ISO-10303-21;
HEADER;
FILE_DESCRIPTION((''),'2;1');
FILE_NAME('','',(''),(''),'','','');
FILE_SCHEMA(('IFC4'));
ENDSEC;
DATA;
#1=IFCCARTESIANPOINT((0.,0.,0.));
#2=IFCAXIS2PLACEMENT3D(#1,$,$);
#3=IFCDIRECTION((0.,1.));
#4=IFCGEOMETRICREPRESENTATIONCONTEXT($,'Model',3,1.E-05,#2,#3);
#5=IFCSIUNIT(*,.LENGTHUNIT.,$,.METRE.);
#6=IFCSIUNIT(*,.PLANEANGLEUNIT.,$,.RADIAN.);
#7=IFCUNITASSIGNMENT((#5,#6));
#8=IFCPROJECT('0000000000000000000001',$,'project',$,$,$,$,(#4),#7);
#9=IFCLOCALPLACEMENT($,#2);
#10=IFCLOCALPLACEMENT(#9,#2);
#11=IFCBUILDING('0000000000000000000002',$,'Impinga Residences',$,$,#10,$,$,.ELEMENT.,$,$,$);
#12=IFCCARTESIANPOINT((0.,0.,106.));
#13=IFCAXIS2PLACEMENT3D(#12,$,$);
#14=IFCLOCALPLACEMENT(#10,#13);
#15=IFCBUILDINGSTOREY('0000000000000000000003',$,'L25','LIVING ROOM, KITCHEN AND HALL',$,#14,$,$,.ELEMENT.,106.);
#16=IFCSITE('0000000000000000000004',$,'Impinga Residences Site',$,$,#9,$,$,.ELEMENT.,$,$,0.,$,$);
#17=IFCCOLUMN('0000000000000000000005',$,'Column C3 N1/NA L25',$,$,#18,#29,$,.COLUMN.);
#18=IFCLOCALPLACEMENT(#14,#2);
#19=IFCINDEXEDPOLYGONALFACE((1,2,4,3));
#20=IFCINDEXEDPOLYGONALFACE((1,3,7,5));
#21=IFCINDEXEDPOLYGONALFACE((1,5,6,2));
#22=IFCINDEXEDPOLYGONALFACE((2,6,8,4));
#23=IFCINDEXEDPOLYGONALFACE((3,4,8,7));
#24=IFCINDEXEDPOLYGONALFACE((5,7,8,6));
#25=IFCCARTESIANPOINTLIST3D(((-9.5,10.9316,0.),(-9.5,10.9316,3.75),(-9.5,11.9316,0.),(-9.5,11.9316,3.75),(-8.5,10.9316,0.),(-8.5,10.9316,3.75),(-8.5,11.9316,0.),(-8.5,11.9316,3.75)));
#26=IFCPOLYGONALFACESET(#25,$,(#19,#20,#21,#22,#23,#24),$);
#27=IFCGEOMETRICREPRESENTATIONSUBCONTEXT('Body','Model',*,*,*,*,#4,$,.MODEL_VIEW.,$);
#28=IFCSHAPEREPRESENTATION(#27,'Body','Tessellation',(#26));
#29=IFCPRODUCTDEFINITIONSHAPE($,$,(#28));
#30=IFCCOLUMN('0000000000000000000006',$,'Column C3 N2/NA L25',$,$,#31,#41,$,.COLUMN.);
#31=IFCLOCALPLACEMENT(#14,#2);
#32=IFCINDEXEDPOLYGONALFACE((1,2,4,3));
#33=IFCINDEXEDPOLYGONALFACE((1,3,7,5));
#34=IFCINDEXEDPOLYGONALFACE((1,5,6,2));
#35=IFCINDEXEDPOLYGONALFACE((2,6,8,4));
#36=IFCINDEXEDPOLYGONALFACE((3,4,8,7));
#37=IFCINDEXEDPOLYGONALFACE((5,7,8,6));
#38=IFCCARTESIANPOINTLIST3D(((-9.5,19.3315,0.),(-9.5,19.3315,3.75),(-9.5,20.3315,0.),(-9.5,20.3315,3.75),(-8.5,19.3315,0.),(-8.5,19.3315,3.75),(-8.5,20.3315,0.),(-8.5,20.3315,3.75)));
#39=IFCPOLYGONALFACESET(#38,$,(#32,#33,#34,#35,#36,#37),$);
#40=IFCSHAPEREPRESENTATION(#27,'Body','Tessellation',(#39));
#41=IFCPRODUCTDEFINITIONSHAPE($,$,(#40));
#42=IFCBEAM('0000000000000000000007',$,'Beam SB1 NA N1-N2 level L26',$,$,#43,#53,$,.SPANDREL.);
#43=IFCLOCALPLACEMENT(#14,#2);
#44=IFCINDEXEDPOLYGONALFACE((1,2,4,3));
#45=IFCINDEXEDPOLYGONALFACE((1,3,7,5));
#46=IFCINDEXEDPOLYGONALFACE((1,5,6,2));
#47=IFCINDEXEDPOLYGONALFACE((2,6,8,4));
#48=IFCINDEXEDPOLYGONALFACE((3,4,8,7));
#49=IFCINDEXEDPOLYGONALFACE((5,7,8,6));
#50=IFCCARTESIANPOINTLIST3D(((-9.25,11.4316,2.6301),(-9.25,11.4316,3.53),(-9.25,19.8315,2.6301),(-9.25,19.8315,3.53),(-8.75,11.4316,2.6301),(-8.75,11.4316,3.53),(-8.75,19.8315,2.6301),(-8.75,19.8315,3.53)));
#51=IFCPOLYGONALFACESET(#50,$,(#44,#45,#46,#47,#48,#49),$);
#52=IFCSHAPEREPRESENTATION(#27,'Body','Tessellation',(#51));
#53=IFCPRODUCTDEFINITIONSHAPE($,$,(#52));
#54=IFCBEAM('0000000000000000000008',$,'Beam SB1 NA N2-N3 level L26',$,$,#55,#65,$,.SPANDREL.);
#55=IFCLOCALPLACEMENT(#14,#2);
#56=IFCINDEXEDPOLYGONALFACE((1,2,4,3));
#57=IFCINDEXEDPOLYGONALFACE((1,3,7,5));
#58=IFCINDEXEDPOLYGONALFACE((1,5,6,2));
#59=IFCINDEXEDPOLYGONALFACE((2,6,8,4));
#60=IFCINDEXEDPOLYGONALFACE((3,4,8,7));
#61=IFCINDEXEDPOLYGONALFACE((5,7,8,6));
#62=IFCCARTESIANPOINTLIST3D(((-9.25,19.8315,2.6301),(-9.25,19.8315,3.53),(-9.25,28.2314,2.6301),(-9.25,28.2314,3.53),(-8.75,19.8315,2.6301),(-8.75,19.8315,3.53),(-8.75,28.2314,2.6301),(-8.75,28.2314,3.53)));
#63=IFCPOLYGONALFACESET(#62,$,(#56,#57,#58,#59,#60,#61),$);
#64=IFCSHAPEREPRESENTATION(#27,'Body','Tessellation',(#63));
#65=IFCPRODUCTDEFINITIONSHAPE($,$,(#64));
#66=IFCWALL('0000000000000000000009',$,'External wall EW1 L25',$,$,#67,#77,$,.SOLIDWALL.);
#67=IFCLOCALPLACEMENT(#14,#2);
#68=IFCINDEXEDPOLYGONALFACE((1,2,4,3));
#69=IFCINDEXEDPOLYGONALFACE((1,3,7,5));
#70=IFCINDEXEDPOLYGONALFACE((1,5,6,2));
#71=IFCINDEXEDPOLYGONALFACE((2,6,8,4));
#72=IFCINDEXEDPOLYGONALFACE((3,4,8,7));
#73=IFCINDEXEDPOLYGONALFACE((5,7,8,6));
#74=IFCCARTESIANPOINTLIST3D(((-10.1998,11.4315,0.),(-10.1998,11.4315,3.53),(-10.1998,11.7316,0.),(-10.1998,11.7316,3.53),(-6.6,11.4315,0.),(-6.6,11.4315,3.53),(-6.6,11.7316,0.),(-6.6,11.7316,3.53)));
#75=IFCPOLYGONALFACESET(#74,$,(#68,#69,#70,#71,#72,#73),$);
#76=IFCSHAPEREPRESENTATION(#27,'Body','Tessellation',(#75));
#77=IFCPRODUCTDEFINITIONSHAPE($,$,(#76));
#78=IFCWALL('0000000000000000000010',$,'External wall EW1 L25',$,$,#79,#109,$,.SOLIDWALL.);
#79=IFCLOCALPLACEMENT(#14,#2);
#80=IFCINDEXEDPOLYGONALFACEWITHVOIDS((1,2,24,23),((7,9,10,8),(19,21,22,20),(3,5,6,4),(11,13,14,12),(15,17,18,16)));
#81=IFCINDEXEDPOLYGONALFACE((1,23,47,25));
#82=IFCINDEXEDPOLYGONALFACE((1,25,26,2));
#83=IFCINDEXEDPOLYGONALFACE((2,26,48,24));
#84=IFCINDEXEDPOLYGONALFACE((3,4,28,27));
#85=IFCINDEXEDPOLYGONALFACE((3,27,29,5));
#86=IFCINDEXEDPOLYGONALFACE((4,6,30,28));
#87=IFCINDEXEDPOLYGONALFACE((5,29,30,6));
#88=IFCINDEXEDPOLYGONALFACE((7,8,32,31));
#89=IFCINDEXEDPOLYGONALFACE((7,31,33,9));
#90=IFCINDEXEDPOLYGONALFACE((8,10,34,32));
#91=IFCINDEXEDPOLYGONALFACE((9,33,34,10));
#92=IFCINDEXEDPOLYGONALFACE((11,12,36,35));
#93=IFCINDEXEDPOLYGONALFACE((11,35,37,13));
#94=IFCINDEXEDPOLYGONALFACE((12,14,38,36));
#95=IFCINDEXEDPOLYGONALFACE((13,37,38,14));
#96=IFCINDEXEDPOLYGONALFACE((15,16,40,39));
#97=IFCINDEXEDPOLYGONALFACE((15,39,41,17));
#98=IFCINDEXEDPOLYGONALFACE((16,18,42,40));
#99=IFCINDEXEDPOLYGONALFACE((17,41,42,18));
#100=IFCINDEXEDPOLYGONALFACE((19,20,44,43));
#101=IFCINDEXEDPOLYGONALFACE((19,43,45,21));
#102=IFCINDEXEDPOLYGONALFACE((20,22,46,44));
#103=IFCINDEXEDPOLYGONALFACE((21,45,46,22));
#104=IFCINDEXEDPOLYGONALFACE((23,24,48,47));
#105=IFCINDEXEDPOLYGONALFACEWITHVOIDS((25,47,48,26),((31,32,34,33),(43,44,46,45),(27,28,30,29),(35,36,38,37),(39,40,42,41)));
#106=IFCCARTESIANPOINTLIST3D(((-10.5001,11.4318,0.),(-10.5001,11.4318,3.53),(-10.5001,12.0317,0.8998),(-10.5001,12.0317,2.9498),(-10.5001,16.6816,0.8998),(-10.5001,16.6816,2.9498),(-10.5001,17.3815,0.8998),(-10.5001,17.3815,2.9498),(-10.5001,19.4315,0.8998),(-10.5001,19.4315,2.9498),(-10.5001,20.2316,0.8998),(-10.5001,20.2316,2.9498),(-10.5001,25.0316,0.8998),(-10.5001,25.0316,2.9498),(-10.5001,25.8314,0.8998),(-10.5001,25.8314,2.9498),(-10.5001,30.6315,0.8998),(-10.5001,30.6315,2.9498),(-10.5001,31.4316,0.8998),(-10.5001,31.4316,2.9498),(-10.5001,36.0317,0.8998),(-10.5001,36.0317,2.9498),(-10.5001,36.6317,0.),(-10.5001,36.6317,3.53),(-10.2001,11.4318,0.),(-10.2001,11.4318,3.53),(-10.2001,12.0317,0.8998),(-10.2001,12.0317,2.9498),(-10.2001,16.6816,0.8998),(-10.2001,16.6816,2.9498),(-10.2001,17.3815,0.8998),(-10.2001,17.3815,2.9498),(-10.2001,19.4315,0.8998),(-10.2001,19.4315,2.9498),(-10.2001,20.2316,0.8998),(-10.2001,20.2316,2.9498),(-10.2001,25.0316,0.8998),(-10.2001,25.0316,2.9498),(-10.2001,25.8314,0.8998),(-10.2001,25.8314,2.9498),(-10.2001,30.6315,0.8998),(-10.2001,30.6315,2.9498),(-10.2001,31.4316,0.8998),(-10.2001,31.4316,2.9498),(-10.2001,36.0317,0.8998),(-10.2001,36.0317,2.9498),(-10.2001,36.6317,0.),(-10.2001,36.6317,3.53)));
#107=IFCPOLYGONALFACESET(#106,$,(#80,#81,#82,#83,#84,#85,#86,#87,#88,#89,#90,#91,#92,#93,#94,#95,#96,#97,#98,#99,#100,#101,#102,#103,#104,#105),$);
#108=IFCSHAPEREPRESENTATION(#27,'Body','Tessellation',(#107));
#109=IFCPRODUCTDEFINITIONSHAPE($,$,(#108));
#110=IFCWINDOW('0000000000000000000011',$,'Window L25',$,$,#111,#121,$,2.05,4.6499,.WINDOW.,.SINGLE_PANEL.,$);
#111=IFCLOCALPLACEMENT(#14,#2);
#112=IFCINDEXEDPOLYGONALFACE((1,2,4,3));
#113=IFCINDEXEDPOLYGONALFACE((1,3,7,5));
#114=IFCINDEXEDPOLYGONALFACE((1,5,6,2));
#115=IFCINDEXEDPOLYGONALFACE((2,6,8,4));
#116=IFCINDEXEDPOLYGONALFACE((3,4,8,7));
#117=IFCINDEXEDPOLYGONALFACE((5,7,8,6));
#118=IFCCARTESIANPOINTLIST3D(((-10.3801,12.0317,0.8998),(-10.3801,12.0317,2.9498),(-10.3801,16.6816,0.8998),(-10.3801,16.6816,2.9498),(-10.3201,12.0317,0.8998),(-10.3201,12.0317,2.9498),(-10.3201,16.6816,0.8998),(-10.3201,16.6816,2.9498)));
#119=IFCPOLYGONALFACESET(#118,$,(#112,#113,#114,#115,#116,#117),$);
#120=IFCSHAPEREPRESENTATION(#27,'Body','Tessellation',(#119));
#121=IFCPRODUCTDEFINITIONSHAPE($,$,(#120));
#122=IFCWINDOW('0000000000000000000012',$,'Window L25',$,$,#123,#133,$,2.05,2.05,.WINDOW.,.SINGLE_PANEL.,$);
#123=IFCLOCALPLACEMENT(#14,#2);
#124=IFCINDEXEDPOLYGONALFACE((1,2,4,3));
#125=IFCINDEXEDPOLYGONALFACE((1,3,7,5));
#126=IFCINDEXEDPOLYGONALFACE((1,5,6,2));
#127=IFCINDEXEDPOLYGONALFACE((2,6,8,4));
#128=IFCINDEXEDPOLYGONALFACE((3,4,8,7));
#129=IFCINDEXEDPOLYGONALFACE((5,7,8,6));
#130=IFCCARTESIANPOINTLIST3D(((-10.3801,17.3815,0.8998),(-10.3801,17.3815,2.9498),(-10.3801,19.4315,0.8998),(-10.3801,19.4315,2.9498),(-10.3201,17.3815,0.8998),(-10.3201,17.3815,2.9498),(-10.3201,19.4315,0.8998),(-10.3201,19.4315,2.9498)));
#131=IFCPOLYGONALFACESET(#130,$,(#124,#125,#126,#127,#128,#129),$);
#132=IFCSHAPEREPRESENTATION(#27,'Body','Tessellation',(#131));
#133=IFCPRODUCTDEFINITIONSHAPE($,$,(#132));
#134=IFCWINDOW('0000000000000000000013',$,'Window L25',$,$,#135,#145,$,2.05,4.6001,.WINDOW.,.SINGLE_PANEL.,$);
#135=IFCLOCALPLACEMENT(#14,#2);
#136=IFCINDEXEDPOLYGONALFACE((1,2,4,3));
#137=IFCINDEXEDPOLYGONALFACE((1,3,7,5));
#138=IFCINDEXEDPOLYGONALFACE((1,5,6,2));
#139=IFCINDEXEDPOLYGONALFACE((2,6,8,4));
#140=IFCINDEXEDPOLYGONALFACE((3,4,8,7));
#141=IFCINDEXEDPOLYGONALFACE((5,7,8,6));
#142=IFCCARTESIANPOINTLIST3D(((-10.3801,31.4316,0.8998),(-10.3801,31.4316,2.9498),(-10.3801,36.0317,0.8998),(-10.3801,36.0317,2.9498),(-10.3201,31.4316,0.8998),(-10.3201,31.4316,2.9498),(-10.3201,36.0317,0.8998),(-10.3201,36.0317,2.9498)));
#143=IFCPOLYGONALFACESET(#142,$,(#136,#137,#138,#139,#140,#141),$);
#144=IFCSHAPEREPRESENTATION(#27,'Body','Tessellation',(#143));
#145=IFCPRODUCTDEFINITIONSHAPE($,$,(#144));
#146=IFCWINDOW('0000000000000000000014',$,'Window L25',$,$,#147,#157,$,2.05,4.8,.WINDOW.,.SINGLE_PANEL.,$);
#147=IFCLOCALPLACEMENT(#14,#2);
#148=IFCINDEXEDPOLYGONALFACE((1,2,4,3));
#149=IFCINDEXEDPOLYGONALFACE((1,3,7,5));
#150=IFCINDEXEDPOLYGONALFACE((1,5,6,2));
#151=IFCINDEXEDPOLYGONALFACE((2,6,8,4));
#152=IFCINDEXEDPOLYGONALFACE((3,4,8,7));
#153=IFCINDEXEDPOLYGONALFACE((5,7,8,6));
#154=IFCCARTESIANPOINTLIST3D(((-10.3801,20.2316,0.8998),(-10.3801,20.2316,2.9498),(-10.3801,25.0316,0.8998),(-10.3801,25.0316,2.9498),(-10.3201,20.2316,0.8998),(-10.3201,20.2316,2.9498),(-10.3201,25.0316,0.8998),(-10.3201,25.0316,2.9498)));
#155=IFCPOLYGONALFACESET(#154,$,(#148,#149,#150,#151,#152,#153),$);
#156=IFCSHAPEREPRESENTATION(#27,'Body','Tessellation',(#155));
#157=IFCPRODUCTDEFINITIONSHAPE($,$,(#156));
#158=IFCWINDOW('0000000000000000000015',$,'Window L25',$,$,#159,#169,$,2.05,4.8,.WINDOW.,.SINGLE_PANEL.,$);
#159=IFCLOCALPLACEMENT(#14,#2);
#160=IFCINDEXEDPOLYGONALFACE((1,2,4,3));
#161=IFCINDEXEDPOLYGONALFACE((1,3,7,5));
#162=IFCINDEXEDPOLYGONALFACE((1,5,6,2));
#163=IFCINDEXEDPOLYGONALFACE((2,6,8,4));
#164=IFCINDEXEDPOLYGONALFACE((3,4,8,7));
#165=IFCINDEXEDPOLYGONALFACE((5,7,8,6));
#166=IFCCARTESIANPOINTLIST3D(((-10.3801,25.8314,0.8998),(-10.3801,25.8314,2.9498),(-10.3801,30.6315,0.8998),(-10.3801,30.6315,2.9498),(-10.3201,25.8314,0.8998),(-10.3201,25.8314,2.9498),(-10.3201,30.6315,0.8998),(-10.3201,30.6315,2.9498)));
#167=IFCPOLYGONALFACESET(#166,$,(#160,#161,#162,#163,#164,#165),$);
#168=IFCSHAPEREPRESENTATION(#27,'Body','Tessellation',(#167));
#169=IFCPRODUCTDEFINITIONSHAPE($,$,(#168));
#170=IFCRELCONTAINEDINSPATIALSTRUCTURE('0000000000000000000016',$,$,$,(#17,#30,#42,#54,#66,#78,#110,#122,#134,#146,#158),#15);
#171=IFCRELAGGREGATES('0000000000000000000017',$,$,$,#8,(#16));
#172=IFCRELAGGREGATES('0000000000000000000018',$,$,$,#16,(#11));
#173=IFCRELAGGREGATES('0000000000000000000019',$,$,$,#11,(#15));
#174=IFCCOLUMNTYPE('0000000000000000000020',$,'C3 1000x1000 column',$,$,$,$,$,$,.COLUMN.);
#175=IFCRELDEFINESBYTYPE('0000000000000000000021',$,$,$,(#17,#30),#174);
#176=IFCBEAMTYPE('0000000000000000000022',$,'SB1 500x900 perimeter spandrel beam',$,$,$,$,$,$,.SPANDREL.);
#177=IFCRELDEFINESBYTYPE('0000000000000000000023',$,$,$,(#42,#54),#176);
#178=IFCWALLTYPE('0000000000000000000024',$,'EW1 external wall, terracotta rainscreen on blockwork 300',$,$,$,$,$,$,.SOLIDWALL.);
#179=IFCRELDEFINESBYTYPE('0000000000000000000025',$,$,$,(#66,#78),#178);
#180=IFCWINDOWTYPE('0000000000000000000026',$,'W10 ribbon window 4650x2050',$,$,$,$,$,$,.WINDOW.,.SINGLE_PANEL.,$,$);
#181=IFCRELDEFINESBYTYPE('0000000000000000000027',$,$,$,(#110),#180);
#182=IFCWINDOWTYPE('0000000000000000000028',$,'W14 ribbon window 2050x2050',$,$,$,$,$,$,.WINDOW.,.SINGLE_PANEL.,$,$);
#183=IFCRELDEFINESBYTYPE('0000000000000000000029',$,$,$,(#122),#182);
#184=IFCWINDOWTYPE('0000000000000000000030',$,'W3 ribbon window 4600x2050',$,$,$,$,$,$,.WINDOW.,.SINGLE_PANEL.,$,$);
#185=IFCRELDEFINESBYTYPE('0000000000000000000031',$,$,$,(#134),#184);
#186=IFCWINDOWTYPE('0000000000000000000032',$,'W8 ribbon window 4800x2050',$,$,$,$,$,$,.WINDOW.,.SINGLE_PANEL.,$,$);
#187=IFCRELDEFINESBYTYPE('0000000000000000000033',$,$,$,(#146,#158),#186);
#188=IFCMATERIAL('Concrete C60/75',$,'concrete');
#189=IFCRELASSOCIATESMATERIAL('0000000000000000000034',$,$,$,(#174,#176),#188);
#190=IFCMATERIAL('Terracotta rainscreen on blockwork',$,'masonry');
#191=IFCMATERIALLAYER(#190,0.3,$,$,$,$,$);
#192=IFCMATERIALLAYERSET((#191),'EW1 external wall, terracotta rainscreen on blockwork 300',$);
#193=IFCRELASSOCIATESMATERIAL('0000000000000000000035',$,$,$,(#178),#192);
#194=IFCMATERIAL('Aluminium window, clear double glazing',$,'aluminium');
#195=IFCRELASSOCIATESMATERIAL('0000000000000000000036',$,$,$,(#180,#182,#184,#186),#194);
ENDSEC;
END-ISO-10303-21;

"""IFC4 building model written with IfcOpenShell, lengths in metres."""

from ifc_helpers import new_model, si_unit, direction, frame, frame_2d, origin, origin_2d, place, context, subcontext, project, spatial, rectangle, extrude, material, layer, layer_set, material_profile, profile_set, type_object, element, fill, save


model = new_model("IFC4")

# Units and contexts
model_context = context("Model", 3, precision=1e-05, world=origin(), true_north=direction((0.0, 1.0)))
body_context = subcontext(model_context, "Body", "Model", "MODEL_VIEW")
ifc_project = project(units=[si_unit("LENGTHUNIT", "METRE"), si_unit("PLANEANGLEUNIT", "RADIAN")], contexts=[model_context])

# Site, building, storey
site_placement = place(None, origin())
site = spatial("IfcSite", under=ifc_project, at=site_placement, Name="Impinga Residences Site", CompositionType="ELEMENT", RefElevation=0.0)
building_placement = place(site_placement, origin())
building = spatial("IfcBuilding", under=site, at=building_placement, Name="Impinga Residences", CompositionType="ELEMENT")
storey_placement = place(building_placement, frame((0.0, 0.0, 106.0)))
storey = spatial("IfcBuildingStorey", under=building, at=storey_placement, Name="L25", Description="LIVING ROOM, KITCHEN AND HALL", CompositionType="ELEMENT", Elevation=106.0)

# Columns
ifc_material_1 = material(Name="Concrete C60/75", Category="concrete")
ifc_material_profile_1 = material_profile(ifc_material_1, rectangle(XDim=1.0, YDim=1.0, at=origin_2d()), Name="RC 1000x1000")
ifc_profile_set_1 = profile_set([ifc_material_profile_1], Name="Concrete C60/75")
column_type = type_object("IfcColumnType", Name="C3 1000x1000 column", PredefinedType="COLUMN", material=ifc_profile_set_1)
for number, where, z_axis, x_axis, name in (
    (1, (-9.0, 11.4316, 0.0), (0.0, 0.0, 1.0), (1.0, 0.0, 0.0), "Column C3 N1/NA L25"),
    (2, (-9.0, 19.8315, 0.0), (0.0, 0.0, 1.0), (1.0, 0.0, 0.0), "Column C3 N2/NA L25"),
):
    element("IfcColumn", number, at=place(storey_placement, frame(where, z_axis=z_axis, x_axis=x_axis)), inside=storey, type_object=column_type, Name=name, PredefinedType="COLUMN", context=body_context, shape_type="SweptSolid", body=[
        extrude(rectangle(XDim=1.0, YDim=1.0, at=origin_2d()), origin(), (0.0, 0.0, 1.0), 3.75),
    ])

# Beams
ifc_material_profile_2 = material_profile(ifc_material_1, rectangle(XDim=0.5, YDim=0.8999, at=origin_2d()), Name="RC 500x900")
ifc_profile_set_2 = profile_set([ifc_material_profile_2], Name="Concrete C60/75")
beam_type = type_object("IfcBeamType", Name="SB1 500x900 perimeter spandrel beam", PredefinedType="SPANDREL", material=ifc_profile_set_2)
for number, where, z_axis, x_axis, name in (
    (3, (-9.0, 11.4316, 3.0801), (0.0, 1.0, 0.0), (-1.0, 0.0, 0.0), "Beam SB1 NA N1-N2 level L26"),
    (4, (-9.0, 19.8315, 3.0801), (0.0, 1.0, 0.0), (-1.0, 0.0, 0.0), "Beam SB1 NA N2-N3 level L26"),
):
    element("IfcBeam", number, at=place(storey_placement, frame(where, z_axis=z_axis, x_axis=x_axis)), inside=storey, type_object=beam_type, Name=name, PredefinedType="SPANDREL", context=body_context, shape_type="SweptSolid", body=[
        extrude(rectangle(XDim=0.5, YDim=0.8999, at=origin_2d()), origin(), (0.0, 0.0, 1.0), 8.3999),
    ])

# Wall
ifc_material_2 = material(Name="Terracotta rainscreen on blockwork", Category="masonry")
ifc_layer_1 = layer(ifc_material_2, 0.3)
ifc_layer_set_1 = layer_set([ifc_layer_1], Name="EW1 external wall, terracotta rainscreen on blockwork 300")
wall_type_1 = type_object("IfcWallType", Name="EW1 external wall, terracotta rainscreen on blockwork 300", PredefinedType="SOLIDWALL", material=ifc_layer_set_1)
wall_1_placement = place(storey_placement, frame((-6.6001, 11.5815, 0.0), z_axis=(0.0, 0.0, 1.0), x_axis=(-1.0, 0.0, 0.0)))
element("IfcWall", 5, at=wall_1_placement, inside=storey, type_object=wall_type_1, Name="External wall EW1 L25", PredefinedType="SOLIDWALL", context=body_context, shape_type="SweptSolid", body=[
    extrude(rectangle(XDim=3.5999, YDim=0.3, at=frame_2d((1.7998, 0.0))), origin(), (0.0, 0.0, 1.0), 3.53),
])

# Wall, openings, windows
wall_2_placement = place(storey_placement, frame((-10.3501, 11.4316, 0.0), z_axis=(0.0, 0.0, 1.0), x_axis=(0.0, 1.0, 0.0)))
wall_2 = element("IfcWall", 6, at=wall_2_placement, inside=storey, type_object=wall_type_1, Name="External wall EW1 L25", PredefinedType="SOLIDWALL", context=body_context, shape_type="SweptSolid", body=[
    extrude(rectangle(XDim=25.2, YDim=0.3, at=frame_2d((12.6001, 0.0))), origin(), (0.0, 0.0, 1.0), 3.53),
])
opening_1_placement = place(wall_2_placement, frame((0.6001, 0.0, 0.8999)))
opening_1 = element("IfcOpeningElement", 7, at=opening_1_placement, cuts=wall_2, PredefinedType="OPENING", context=body_context, shape_type="SweptSolid", body=[
    extrude(rectangle(XDim=4.6499, YDim=2.05, at=frame_2d((2.325, 1.0249))), frame((0.0, 0.1599, 0.0), z_axis=(0.0, -1.0, 0.0), x_axis=(1.0, 0.0, 0.0)), (0.0, 0.0, 1.0), 0.3201),
])
opening_2_placement = place(wall_2_placement, frame((5.95, 0.0, 0.8999)))
opening_2 = element("IfcOpeningElement", 8, at=opening_2_placement, cuts=wall_2, PredefinedType="OPENING", context=body_context, shape_type="SweptSolid", body=[
    extrude(rectangle(XDim=2.05, YDim=2.05, at=frame_2d((1.0249, 1.0249))), frame((0.0, 0.1599, 0.0), z_axis=(0.0, -1.0, 0.0), x_axis=(1.0, 0.0, 0.0)), (0.0, 0.0, 1.0), 0.3201),
])
opening_3_placement = place(wall_2_placement, frame((8.8, 0.0, 0.8999)))
opening_3 = element("IfcOpeningElement", 9, at=opening_3_placement, cuts=wall_2, PredefinedType="OPENING", context=body_context, shape_type="SweptSolid", body=[
    extrude(rectangle(XDim=4.8, YDim=2.05, at=frame_2d((2.3999, 1.0249))), frame((0.0, 0.1599, 0.0), z_axis=(0.0, -1.0, 0.0), x_axis=(1.0, 0.0, 0.0)), (0.0, 0.0, 1.0), 0.3201),
])
opening_4_placement = place(wall_2_placement, frame((14.3999, 0.0, 0.8999)))
opening_4 = element("IfcOpeningElement", 10, at=opening_4_placement, cuts=wall_2, PredefinedType="OPENING", context=body_context, shape_type="SweptSolid", body=[
    extrude(rectangle(XDim=4.8, YDim=2.05, at=frame_2d((2.3999, 1.0249))), frame((0.0, 0.1599, 0.0), z_axis=(0.0, -1.0, 0.0), x_axis=(1.0, 0.0, 0.0)), (0.0, 0.0, 1.0), 0.3201),
])
opening_5_placement = place(wall_2_placement, frame((20.0, 0.0, 0.8999)))
opening_5 = element("IfcOpeningElement", 11, at=opening_5_placement, cuts=wall_2, PredefinedType="OPENING", context=body_context, shape_type="SweptSolid", body=[
    extrude(rectangle(XDim=4.6001, YDim=2.05, at=frame_2d((2.3, 1.0249))), frame((0.0, 0.1599, 0.0), z_axis=(0.0, -1.0, 0.0), x_axis=(1.0, 0.0, 0.0)), (0.0, 0.0, 1.0), 0.3201),
])
ifc_material_3 = material(Name="Aluminium window, clear double glazing", Category="aluminium")
window_type_1 = type_object("IfcWindowType", Name="W10 ribbon window 4650x2050", PartitioningType="SINGLE_PANEL", PredefinedType="WINDOW", material=ifc_material_3)
window_1_placement = place(opening_1_placement, origin())
window_1 = element("IfcWindow", 12, at=window_1_placement, inside=storey, type_object=window_type_1, Name="Window L25", OverallHeight=2.05, OverallWidth=4.6499, PartitioningType="SINGLE_PANEL", PredefinedType="WINDOW", context=body_context, shape_type="SweptSolid", body=[
    extrude(rectangle(XDim=4.6499, YDim=2.05, at=frame_2d((2.325, 1.0249))), frame((0.0, 0.03, 0.0), z_axis=(0.0, -1.0, 0.0), x_axis=(1.0, 0.0, 0.0)), (0.0, 0.0, 1.0), 0.0601),
])
fill(opening_1, window_1)
window_type_2 = type_object("IfcWindowType", Name="W14 ribbon window 2050x2050", PartitioningType="SINGLE_PANEL", PredefinedType="WINDOW", material=ifc_material_3)
window_2_placement = place(opening_2_placement, origin())
window_2 = element("IfcWindow", 13, at=window_2_placement, inside=storey, type_object=window_type_2, Name="Window L25", OverallHeight=2.05, OverallWidth=2.05, PartitioningType="SINGLE_PANEL", PredefinedType="WINDOW", context=body_context, shape_type="SweptSolid", body=[
    extrude(rectangle(XDim=2.05, YDim=2.05, at=frame_2d((1.0249, 1.0249))), frame((0.0, 0.03, 0.0), z_axis=(0.0, -1.0, 0.0), x_axis=(1.0, 0.0, 0.0)), (0.0, 0.0, 1.0), 0.0601),
])
fill(opening_2, window_2)
window_type_3 = type_object("IfcWindowType", Name="W3 ribbon window 4600x2050", PartitioningType="SINGLE_PANEL", PredefinedType="WINDOW", material=ifc_material_3)
window_3_placement = place(opening_5_placement, origin())
window_3 = element("IfcWindow", 14, at=window_3_placement, inside=storey, type_object=window_type_3, Name="Window L25", OverallHeight=2.05, OverallWidth=4.6001, PartitioningType="SINGLE_PANEL", PredefinedType="WINDOW", context=body_context, shape_type="SweptSolid", body=[
    extrude(rectangle(XDim=4.6001, YDim=2.05, at=frame_2d((2.3, 1.0249))), frame((0.0, 0.03, 0.0), z_axis=(0.0, -1.0, 0.0), x_axis=(1.0, 0.0, 0.0)), (0.0, 0.0, 1.0), 0.0601),
])
fill(opening_5, window_3)
window_type_4 = type_object("IfcWindowType", Name="W8 ribbon window 4800x2050", PartitioningType="SINGLE_PANEL", PredefinedType="WINDOW", material=ifc_material_3)
window_4_placement = place(opening_3_placement, origin())
window_4 = element("IfcWindow", 15, at=window_4_placement, inside=storey, type_object=window_type_4, Name="Window L25", OverallHeight=2.05, OverallWidth=4.8, PartitioningType="SINGLE_PANEL", PredefinedType="WINDOW", context=body_context, shape_type="SweptSolid", body=[
    extrude(rectangle(XDim=4.8, YDim=2.05, at=frame_2d((2.3999, 1.0249))), frame((0.0, 0.03, 0.0), z_axis=(0.0, -1.0, 0.0), x_axis=(1.0, 0.0, 0.0)), (0.0, 0.0, 1.0), 0.0601),
])
fill(opening_3, window_4)
window_5_placement = place(opening_4_placement, origin())
window_5 = element("IfcWindow", 16, at=window_5_placement, inside=storey, type_object=window_type_4, Name="Window L25", OverallHeight=2.05, OverallWidth=4.8, PartitioningType="SINGLE_PANEL", PredefinedType="WINDOW", context=body_context, shape_type="SweptSolid", body=[
    extrude(rectangle(XDim=4.8, YDim=2.05, at=frame_2d((2.3999, 1.0249))), frame((0.0, 0.03, 0.0), z_axis=(0.0, -1.0, 0.0), x_axis=(1.0, 0.0, 0.0)), (0.0, 0.0, 1.0), 0.0601),
])
fill(opening_4, window_5)

save(model, "model.ifc")
